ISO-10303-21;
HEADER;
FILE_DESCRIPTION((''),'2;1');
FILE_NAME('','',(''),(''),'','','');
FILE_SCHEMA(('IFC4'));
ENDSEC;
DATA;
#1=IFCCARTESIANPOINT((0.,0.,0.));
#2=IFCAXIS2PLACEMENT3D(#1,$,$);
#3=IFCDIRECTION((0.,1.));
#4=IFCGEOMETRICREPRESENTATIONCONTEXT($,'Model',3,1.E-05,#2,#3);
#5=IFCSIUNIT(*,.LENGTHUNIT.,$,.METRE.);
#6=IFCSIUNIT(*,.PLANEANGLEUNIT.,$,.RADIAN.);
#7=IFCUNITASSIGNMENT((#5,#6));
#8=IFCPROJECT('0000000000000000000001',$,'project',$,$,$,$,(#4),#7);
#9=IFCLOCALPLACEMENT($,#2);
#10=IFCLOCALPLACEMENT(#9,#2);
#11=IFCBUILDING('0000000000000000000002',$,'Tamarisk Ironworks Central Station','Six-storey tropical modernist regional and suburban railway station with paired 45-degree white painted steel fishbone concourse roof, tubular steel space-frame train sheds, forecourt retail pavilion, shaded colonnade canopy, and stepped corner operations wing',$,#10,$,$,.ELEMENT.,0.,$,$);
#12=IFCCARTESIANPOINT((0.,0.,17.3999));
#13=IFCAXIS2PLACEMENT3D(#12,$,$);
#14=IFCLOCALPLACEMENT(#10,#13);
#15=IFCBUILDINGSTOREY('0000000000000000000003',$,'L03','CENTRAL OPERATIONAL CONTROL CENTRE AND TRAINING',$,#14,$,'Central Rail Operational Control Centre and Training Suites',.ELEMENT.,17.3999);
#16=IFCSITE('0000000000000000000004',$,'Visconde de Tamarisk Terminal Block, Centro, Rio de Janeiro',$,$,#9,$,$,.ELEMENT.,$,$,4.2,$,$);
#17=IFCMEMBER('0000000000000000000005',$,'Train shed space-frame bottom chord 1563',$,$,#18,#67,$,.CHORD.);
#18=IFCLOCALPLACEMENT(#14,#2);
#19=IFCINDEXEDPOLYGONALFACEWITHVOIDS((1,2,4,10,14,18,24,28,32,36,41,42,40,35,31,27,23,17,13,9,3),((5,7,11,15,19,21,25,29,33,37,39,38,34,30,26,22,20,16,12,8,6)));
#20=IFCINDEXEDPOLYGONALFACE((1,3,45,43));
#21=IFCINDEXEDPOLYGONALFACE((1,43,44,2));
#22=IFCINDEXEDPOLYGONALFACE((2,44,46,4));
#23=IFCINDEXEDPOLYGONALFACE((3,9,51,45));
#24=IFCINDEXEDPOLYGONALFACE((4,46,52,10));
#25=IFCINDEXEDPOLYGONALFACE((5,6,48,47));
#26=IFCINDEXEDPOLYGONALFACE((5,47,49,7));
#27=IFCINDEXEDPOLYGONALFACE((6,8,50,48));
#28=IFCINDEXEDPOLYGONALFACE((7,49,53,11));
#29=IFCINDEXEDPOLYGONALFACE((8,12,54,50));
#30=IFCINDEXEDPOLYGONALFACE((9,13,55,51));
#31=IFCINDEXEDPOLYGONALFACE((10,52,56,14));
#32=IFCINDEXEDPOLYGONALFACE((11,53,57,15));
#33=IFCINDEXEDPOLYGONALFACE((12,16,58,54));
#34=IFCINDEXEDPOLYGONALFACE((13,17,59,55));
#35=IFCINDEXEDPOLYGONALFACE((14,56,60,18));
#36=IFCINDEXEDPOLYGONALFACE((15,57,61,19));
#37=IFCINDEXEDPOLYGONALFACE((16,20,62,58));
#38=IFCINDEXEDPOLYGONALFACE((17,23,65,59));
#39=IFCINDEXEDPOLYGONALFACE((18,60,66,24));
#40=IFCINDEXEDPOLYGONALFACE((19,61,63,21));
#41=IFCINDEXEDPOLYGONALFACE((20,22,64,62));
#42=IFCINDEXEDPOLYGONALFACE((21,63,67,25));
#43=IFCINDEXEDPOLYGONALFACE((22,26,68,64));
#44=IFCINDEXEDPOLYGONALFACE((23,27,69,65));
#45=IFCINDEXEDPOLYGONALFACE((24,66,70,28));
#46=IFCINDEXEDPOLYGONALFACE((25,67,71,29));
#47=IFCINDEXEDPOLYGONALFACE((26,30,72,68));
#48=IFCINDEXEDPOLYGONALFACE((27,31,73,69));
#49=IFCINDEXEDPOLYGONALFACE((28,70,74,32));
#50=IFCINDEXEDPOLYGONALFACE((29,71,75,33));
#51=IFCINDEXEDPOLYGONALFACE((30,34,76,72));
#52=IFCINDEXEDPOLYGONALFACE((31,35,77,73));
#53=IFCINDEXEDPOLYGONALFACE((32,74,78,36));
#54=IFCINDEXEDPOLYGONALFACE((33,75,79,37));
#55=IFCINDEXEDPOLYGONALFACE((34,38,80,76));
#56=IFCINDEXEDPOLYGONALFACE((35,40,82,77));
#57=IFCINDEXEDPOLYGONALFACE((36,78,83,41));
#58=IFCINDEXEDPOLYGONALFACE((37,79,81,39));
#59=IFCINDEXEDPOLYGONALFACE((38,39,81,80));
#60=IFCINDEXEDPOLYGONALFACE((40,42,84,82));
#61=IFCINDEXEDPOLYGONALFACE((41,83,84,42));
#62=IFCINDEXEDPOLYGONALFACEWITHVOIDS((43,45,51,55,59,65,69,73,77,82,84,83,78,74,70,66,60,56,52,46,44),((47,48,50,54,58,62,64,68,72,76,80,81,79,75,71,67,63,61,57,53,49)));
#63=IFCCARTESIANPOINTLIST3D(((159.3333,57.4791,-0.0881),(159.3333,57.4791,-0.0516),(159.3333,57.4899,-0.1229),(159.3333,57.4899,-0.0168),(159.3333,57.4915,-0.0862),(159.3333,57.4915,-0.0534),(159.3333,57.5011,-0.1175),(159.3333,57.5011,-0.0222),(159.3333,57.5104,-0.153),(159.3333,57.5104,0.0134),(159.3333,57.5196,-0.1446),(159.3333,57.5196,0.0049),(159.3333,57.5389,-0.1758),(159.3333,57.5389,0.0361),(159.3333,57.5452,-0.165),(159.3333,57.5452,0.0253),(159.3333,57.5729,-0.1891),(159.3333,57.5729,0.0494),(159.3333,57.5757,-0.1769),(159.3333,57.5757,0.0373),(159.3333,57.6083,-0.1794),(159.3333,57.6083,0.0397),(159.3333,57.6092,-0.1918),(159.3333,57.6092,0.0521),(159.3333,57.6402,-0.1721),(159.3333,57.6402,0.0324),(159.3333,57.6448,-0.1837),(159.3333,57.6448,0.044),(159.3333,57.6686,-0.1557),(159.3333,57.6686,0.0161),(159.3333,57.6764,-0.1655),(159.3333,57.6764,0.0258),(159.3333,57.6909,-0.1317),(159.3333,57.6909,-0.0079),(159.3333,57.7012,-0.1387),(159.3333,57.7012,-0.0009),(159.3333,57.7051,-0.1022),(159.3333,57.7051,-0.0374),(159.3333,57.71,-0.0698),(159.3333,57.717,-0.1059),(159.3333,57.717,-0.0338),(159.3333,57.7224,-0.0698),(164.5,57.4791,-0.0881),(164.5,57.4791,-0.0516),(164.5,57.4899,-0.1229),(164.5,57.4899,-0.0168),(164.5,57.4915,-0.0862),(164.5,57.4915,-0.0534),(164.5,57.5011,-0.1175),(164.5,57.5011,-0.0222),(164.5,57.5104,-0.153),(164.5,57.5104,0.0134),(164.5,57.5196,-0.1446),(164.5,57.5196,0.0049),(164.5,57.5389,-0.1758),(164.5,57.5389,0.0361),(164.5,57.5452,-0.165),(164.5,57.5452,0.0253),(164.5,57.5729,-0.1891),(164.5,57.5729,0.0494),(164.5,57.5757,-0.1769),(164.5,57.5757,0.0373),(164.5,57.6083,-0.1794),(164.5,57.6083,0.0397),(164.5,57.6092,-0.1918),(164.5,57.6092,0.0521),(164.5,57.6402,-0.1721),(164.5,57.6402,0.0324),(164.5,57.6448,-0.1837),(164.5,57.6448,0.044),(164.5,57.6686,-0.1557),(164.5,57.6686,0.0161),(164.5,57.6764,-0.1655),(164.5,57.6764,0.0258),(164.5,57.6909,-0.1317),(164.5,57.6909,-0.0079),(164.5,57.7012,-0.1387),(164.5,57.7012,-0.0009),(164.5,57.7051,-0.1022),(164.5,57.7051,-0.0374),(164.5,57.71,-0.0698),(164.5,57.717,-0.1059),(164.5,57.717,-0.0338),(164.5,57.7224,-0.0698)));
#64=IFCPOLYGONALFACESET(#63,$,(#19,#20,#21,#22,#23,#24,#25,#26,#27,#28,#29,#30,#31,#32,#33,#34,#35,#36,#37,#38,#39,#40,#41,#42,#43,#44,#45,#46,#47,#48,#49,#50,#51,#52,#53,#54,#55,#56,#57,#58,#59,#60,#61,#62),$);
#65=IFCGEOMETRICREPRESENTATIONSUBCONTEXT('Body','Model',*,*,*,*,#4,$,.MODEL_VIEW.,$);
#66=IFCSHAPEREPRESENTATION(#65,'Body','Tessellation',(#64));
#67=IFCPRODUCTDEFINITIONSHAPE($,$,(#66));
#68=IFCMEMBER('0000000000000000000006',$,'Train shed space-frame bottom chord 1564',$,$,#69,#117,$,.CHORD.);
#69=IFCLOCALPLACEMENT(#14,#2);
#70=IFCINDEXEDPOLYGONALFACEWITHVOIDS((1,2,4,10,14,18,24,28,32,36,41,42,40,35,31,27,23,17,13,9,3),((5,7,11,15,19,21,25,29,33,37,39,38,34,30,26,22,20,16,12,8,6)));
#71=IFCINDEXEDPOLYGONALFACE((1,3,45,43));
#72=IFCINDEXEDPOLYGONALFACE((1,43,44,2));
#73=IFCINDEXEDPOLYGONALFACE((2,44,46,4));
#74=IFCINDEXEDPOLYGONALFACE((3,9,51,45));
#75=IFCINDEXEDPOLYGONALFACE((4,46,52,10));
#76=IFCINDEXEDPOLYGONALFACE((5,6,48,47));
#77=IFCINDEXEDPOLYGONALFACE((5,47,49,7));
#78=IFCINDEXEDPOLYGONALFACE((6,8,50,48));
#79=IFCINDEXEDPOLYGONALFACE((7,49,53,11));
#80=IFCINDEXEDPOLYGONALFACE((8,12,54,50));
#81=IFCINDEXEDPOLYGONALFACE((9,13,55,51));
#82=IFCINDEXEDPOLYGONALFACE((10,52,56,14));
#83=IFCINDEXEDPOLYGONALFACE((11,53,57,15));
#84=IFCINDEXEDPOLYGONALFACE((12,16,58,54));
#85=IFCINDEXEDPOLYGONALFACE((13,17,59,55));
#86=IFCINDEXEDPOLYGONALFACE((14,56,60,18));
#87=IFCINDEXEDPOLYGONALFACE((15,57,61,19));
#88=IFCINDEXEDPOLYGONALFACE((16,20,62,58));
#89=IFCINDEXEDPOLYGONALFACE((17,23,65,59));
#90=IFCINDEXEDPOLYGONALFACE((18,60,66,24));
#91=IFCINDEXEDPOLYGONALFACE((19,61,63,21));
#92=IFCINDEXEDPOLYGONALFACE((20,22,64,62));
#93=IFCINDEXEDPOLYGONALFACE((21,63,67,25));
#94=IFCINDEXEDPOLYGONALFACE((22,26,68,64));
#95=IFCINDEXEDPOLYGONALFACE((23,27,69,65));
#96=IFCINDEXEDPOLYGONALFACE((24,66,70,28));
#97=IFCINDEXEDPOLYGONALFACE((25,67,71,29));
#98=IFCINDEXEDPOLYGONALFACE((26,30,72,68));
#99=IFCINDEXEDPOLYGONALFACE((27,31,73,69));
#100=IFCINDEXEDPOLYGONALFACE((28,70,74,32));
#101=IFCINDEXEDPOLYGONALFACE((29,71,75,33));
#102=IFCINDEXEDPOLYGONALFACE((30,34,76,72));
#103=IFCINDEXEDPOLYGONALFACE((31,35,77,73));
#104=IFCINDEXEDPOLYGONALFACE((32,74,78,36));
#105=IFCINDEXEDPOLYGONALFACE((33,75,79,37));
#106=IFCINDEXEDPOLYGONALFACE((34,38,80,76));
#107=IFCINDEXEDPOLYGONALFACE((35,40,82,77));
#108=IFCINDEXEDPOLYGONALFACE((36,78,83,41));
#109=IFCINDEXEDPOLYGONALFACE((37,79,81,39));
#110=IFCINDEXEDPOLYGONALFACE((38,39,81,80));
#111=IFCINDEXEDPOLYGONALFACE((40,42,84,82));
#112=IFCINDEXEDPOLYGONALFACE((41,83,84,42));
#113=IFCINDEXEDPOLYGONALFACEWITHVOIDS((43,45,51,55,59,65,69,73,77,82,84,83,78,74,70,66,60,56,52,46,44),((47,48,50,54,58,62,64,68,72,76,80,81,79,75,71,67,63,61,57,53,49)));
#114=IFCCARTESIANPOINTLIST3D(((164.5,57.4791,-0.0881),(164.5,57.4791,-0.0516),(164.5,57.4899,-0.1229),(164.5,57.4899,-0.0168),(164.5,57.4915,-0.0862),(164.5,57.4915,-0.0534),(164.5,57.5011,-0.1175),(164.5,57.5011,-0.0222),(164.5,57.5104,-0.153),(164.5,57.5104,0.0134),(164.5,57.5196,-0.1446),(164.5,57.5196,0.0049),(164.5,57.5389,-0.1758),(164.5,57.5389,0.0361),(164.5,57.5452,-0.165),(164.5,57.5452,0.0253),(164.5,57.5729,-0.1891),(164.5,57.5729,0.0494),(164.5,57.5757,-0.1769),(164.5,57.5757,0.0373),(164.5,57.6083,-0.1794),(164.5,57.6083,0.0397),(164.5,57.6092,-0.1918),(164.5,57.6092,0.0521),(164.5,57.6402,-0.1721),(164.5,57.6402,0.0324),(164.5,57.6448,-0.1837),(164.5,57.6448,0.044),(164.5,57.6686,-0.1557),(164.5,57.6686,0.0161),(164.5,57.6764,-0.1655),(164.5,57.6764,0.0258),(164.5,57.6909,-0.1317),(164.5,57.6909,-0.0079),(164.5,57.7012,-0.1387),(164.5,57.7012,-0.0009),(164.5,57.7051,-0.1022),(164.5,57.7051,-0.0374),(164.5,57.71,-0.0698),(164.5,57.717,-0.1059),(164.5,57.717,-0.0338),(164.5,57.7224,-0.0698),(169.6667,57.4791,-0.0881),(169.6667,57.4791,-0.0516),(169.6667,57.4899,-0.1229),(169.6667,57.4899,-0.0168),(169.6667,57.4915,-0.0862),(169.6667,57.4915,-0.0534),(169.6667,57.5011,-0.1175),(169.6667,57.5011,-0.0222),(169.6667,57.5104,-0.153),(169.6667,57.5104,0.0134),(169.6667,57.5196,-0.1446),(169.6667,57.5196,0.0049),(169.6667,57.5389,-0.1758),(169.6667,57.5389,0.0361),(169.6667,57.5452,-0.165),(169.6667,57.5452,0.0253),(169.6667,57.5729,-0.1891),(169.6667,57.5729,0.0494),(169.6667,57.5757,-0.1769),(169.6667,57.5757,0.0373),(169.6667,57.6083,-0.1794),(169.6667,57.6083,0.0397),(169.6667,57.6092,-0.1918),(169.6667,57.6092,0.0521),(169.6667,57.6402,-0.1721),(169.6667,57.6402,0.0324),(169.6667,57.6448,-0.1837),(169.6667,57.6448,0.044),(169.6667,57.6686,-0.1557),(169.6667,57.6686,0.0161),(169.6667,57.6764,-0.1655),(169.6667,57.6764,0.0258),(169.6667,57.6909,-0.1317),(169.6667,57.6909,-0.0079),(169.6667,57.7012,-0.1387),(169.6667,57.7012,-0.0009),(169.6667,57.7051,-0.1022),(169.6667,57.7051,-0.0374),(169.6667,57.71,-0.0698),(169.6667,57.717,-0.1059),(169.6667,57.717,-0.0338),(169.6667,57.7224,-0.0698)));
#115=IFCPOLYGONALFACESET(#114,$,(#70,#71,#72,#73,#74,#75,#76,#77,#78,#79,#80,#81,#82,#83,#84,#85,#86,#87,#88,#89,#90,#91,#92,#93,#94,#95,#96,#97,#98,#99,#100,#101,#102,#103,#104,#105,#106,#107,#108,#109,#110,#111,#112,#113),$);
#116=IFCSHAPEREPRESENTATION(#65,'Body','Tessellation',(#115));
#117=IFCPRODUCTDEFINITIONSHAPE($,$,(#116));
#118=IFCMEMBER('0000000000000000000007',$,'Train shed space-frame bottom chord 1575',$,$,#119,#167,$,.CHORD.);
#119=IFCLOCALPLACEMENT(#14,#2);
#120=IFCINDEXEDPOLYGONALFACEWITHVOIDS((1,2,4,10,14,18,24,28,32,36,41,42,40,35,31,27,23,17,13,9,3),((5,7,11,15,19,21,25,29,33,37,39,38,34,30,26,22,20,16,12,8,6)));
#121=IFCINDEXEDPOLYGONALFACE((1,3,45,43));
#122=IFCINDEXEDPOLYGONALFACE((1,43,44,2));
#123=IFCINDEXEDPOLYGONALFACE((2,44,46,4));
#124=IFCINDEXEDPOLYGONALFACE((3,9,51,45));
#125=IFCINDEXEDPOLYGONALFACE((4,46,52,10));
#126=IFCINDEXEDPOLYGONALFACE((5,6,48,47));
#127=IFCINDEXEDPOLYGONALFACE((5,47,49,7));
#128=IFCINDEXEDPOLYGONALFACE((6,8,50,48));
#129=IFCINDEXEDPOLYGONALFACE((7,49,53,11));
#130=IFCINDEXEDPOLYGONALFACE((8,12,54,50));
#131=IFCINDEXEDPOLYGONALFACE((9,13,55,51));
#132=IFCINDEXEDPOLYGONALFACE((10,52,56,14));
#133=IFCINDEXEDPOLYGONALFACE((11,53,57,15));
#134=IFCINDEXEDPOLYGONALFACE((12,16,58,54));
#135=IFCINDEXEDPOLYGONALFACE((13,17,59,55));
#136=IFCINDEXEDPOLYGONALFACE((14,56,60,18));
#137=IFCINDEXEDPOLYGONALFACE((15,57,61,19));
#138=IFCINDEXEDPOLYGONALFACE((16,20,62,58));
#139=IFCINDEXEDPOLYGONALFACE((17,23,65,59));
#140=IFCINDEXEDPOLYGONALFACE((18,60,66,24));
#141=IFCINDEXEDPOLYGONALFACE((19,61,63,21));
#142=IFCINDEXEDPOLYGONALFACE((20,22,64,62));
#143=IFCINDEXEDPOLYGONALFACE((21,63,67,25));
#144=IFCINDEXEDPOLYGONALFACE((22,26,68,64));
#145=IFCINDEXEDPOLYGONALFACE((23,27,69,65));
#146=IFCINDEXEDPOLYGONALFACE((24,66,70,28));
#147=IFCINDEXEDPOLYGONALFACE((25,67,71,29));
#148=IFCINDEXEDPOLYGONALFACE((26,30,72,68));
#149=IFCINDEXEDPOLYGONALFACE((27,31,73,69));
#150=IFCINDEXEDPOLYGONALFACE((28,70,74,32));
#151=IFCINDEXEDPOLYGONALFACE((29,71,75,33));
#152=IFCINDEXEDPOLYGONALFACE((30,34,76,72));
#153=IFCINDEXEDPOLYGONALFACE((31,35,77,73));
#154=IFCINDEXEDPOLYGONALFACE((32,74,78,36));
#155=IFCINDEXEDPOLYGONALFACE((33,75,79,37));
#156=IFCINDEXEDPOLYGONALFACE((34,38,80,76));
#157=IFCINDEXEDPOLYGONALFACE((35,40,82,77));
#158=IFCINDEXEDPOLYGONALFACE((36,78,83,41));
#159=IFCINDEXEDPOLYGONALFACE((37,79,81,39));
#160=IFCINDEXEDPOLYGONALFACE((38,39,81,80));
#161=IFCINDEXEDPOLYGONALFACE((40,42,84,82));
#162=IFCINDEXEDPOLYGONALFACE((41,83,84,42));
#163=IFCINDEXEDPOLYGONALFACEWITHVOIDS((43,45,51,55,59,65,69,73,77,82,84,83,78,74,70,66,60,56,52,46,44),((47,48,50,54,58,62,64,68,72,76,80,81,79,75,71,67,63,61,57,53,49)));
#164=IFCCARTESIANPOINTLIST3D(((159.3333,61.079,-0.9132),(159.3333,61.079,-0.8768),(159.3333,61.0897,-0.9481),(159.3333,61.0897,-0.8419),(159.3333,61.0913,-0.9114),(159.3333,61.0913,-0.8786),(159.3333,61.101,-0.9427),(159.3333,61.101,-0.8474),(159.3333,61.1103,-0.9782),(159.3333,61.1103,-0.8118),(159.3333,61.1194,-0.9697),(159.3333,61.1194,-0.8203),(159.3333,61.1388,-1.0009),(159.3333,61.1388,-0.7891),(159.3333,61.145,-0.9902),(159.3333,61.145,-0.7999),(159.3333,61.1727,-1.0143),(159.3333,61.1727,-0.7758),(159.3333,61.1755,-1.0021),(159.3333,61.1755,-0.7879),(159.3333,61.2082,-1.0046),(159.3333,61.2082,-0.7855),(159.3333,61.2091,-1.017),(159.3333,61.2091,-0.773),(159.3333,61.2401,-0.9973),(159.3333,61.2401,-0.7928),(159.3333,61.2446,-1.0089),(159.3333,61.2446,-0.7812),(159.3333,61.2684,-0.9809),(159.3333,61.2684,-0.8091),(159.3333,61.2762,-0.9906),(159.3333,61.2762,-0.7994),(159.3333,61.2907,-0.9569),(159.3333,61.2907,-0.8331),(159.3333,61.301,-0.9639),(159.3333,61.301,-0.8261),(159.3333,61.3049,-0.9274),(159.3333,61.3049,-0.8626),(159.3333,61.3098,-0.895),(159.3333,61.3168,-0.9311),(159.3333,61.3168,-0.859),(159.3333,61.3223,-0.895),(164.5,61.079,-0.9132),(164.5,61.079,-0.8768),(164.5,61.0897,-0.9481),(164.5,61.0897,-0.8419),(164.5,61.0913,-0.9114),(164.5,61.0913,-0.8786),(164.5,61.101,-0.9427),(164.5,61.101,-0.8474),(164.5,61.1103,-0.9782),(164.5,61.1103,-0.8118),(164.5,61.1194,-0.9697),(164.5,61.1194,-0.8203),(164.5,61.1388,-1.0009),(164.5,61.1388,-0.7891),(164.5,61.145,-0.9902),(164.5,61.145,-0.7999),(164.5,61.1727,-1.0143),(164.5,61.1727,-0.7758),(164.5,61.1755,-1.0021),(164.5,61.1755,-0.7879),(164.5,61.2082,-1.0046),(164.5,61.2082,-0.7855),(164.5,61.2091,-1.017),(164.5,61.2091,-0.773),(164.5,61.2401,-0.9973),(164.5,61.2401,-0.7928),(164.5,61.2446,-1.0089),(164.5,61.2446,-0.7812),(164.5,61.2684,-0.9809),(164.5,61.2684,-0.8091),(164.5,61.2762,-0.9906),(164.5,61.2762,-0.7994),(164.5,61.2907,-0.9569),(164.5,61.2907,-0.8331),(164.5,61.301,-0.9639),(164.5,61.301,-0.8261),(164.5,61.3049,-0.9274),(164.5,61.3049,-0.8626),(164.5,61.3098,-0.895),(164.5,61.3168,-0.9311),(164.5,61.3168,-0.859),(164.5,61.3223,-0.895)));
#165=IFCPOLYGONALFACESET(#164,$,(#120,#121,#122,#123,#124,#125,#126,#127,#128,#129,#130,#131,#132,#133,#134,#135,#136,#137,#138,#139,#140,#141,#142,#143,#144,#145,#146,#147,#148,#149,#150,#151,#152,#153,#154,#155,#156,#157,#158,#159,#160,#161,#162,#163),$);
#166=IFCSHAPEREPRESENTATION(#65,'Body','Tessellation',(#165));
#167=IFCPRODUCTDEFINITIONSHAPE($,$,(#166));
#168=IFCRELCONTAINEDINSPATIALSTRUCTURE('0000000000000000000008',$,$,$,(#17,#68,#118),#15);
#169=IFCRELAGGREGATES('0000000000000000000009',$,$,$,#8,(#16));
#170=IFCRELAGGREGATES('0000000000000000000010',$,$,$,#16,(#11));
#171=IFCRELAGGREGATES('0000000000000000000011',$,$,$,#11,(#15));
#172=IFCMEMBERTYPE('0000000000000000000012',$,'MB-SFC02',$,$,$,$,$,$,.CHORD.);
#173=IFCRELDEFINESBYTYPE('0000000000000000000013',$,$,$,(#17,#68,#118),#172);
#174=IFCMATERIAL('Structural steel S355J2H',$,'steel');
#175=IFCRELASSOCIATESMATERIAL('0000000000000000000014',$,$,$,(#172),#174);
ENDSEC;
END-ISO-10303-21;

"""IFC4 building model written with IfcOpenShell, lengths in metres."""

from ifc_helpers import new_model, si_unit, direction, frame, origin, origin_2d, place, context, subcontext, project, spatial, hollow_circle, extrude, material, material_profile, profile_set, type_object, element, save


model = new_model("IFC4")

# Units and contexts
model_context = context("Model", 3, precision=1e-05, world=origin(), true_north=direction((0.0, 1.0)))
body_context = subcontext(model_context, "Body", "Model", "MODEL_VIEW")
ifc_project = project(units=[si_unit("LENGTHUNIT", "METRE"), si_unit("PLANEANGLEUNIT", "RADIAN")], contexts=[model_context])

# Site, building, storey
site_placement = place(None, origin())
site = spatial("IfcSite", under=ifc_project, at=site_placement, Name="Visconde de Tamarisk Terminal Block, Centro, Rio de Janeiro", CompositionType="ELEMENT", RefElevation=4.2)
building_placement = place(site_placement, origin())
building = spatial("IfcBuilding", under=site, at=building_placement, Name="Tamarisk Ironworks Central Station", Description="Six-storey tropical modernist regional and suburban railway station with paired 45-degree white painted steel fishbone concourse roof, tubular steel space-frame train sheds, forecourt retail pavilion, shaded colonnade canopy, and stepped corner operations wing", CompositionType="ELEMENT", ElevationOfRefHeight=0.0)
storey_placement = place(building_placement, frame((0.0, 0.0, 17.3999)))
storey = spatial("IfcBuildingStorey", under=building, at=storey_placement, Name="L03", Description="CENTRAL OPERATIONAL CONTROL CENTRE AND TRAINING", LongName="Central Rail Operational Control Centre and Training Suites", CompositionType="ELEMENT", Elevation=17.3999)

# Members
ifc_material = material(Name="Structural steel S355J2H", Category="steel")
ifc_material_profile_1 = material_profile(ifc_material, hollow_circle(Radius=0.1223, WallThickness=0.0125, at=origin_2d()), Name="CHS 244.5x12.5")
ifc_profile_set_1 = profile_set([ifc_material_profile_1], Name="Structural steel S355J2H")
member_type_1 = type_object("IfcMemberType", Name="MB-SFC02", PredefinedType="CHORD", material=ifc_profile_set_1)
for number, where, z_axis, x_axis, name in (
    (1, (159.3333, 57.6001, -0.0698), (1.0, 0.0, 0.0), (0.0, 1.0, 0.0), "Train shed space-frame bottom chord 1563"),
    (2, (164.5, 57.6001, -0.0698), (1.0, 0.0, 0.0), (0.0, 1.0, 0.0), "Train shed space-frame bottom chord 1564"),
    (3, (159.3333, 61.2, -0.895), (1.0, 0.0, 0.0), (0.0, 1.0, 0.0), "Train shed space-frame bottom chord 1575"),
):
    element("IfcMember", number, at=place(storey_placement, frame(where, z_axis=z_axis, x_axis=x_axis)), inside=storey, type_object=member_type_1, Name=name, PredefinedType="CHORD", context=body_context, shape_type="SweptSolid", body=[
        extrude(hollow_circle(Radius=0.1223, WallThickness=0.0125, at=origin_2d()), origin(), (0.0, 0.0, 1.0), 5.1667),
    ])

save(model, "model.ifc")
